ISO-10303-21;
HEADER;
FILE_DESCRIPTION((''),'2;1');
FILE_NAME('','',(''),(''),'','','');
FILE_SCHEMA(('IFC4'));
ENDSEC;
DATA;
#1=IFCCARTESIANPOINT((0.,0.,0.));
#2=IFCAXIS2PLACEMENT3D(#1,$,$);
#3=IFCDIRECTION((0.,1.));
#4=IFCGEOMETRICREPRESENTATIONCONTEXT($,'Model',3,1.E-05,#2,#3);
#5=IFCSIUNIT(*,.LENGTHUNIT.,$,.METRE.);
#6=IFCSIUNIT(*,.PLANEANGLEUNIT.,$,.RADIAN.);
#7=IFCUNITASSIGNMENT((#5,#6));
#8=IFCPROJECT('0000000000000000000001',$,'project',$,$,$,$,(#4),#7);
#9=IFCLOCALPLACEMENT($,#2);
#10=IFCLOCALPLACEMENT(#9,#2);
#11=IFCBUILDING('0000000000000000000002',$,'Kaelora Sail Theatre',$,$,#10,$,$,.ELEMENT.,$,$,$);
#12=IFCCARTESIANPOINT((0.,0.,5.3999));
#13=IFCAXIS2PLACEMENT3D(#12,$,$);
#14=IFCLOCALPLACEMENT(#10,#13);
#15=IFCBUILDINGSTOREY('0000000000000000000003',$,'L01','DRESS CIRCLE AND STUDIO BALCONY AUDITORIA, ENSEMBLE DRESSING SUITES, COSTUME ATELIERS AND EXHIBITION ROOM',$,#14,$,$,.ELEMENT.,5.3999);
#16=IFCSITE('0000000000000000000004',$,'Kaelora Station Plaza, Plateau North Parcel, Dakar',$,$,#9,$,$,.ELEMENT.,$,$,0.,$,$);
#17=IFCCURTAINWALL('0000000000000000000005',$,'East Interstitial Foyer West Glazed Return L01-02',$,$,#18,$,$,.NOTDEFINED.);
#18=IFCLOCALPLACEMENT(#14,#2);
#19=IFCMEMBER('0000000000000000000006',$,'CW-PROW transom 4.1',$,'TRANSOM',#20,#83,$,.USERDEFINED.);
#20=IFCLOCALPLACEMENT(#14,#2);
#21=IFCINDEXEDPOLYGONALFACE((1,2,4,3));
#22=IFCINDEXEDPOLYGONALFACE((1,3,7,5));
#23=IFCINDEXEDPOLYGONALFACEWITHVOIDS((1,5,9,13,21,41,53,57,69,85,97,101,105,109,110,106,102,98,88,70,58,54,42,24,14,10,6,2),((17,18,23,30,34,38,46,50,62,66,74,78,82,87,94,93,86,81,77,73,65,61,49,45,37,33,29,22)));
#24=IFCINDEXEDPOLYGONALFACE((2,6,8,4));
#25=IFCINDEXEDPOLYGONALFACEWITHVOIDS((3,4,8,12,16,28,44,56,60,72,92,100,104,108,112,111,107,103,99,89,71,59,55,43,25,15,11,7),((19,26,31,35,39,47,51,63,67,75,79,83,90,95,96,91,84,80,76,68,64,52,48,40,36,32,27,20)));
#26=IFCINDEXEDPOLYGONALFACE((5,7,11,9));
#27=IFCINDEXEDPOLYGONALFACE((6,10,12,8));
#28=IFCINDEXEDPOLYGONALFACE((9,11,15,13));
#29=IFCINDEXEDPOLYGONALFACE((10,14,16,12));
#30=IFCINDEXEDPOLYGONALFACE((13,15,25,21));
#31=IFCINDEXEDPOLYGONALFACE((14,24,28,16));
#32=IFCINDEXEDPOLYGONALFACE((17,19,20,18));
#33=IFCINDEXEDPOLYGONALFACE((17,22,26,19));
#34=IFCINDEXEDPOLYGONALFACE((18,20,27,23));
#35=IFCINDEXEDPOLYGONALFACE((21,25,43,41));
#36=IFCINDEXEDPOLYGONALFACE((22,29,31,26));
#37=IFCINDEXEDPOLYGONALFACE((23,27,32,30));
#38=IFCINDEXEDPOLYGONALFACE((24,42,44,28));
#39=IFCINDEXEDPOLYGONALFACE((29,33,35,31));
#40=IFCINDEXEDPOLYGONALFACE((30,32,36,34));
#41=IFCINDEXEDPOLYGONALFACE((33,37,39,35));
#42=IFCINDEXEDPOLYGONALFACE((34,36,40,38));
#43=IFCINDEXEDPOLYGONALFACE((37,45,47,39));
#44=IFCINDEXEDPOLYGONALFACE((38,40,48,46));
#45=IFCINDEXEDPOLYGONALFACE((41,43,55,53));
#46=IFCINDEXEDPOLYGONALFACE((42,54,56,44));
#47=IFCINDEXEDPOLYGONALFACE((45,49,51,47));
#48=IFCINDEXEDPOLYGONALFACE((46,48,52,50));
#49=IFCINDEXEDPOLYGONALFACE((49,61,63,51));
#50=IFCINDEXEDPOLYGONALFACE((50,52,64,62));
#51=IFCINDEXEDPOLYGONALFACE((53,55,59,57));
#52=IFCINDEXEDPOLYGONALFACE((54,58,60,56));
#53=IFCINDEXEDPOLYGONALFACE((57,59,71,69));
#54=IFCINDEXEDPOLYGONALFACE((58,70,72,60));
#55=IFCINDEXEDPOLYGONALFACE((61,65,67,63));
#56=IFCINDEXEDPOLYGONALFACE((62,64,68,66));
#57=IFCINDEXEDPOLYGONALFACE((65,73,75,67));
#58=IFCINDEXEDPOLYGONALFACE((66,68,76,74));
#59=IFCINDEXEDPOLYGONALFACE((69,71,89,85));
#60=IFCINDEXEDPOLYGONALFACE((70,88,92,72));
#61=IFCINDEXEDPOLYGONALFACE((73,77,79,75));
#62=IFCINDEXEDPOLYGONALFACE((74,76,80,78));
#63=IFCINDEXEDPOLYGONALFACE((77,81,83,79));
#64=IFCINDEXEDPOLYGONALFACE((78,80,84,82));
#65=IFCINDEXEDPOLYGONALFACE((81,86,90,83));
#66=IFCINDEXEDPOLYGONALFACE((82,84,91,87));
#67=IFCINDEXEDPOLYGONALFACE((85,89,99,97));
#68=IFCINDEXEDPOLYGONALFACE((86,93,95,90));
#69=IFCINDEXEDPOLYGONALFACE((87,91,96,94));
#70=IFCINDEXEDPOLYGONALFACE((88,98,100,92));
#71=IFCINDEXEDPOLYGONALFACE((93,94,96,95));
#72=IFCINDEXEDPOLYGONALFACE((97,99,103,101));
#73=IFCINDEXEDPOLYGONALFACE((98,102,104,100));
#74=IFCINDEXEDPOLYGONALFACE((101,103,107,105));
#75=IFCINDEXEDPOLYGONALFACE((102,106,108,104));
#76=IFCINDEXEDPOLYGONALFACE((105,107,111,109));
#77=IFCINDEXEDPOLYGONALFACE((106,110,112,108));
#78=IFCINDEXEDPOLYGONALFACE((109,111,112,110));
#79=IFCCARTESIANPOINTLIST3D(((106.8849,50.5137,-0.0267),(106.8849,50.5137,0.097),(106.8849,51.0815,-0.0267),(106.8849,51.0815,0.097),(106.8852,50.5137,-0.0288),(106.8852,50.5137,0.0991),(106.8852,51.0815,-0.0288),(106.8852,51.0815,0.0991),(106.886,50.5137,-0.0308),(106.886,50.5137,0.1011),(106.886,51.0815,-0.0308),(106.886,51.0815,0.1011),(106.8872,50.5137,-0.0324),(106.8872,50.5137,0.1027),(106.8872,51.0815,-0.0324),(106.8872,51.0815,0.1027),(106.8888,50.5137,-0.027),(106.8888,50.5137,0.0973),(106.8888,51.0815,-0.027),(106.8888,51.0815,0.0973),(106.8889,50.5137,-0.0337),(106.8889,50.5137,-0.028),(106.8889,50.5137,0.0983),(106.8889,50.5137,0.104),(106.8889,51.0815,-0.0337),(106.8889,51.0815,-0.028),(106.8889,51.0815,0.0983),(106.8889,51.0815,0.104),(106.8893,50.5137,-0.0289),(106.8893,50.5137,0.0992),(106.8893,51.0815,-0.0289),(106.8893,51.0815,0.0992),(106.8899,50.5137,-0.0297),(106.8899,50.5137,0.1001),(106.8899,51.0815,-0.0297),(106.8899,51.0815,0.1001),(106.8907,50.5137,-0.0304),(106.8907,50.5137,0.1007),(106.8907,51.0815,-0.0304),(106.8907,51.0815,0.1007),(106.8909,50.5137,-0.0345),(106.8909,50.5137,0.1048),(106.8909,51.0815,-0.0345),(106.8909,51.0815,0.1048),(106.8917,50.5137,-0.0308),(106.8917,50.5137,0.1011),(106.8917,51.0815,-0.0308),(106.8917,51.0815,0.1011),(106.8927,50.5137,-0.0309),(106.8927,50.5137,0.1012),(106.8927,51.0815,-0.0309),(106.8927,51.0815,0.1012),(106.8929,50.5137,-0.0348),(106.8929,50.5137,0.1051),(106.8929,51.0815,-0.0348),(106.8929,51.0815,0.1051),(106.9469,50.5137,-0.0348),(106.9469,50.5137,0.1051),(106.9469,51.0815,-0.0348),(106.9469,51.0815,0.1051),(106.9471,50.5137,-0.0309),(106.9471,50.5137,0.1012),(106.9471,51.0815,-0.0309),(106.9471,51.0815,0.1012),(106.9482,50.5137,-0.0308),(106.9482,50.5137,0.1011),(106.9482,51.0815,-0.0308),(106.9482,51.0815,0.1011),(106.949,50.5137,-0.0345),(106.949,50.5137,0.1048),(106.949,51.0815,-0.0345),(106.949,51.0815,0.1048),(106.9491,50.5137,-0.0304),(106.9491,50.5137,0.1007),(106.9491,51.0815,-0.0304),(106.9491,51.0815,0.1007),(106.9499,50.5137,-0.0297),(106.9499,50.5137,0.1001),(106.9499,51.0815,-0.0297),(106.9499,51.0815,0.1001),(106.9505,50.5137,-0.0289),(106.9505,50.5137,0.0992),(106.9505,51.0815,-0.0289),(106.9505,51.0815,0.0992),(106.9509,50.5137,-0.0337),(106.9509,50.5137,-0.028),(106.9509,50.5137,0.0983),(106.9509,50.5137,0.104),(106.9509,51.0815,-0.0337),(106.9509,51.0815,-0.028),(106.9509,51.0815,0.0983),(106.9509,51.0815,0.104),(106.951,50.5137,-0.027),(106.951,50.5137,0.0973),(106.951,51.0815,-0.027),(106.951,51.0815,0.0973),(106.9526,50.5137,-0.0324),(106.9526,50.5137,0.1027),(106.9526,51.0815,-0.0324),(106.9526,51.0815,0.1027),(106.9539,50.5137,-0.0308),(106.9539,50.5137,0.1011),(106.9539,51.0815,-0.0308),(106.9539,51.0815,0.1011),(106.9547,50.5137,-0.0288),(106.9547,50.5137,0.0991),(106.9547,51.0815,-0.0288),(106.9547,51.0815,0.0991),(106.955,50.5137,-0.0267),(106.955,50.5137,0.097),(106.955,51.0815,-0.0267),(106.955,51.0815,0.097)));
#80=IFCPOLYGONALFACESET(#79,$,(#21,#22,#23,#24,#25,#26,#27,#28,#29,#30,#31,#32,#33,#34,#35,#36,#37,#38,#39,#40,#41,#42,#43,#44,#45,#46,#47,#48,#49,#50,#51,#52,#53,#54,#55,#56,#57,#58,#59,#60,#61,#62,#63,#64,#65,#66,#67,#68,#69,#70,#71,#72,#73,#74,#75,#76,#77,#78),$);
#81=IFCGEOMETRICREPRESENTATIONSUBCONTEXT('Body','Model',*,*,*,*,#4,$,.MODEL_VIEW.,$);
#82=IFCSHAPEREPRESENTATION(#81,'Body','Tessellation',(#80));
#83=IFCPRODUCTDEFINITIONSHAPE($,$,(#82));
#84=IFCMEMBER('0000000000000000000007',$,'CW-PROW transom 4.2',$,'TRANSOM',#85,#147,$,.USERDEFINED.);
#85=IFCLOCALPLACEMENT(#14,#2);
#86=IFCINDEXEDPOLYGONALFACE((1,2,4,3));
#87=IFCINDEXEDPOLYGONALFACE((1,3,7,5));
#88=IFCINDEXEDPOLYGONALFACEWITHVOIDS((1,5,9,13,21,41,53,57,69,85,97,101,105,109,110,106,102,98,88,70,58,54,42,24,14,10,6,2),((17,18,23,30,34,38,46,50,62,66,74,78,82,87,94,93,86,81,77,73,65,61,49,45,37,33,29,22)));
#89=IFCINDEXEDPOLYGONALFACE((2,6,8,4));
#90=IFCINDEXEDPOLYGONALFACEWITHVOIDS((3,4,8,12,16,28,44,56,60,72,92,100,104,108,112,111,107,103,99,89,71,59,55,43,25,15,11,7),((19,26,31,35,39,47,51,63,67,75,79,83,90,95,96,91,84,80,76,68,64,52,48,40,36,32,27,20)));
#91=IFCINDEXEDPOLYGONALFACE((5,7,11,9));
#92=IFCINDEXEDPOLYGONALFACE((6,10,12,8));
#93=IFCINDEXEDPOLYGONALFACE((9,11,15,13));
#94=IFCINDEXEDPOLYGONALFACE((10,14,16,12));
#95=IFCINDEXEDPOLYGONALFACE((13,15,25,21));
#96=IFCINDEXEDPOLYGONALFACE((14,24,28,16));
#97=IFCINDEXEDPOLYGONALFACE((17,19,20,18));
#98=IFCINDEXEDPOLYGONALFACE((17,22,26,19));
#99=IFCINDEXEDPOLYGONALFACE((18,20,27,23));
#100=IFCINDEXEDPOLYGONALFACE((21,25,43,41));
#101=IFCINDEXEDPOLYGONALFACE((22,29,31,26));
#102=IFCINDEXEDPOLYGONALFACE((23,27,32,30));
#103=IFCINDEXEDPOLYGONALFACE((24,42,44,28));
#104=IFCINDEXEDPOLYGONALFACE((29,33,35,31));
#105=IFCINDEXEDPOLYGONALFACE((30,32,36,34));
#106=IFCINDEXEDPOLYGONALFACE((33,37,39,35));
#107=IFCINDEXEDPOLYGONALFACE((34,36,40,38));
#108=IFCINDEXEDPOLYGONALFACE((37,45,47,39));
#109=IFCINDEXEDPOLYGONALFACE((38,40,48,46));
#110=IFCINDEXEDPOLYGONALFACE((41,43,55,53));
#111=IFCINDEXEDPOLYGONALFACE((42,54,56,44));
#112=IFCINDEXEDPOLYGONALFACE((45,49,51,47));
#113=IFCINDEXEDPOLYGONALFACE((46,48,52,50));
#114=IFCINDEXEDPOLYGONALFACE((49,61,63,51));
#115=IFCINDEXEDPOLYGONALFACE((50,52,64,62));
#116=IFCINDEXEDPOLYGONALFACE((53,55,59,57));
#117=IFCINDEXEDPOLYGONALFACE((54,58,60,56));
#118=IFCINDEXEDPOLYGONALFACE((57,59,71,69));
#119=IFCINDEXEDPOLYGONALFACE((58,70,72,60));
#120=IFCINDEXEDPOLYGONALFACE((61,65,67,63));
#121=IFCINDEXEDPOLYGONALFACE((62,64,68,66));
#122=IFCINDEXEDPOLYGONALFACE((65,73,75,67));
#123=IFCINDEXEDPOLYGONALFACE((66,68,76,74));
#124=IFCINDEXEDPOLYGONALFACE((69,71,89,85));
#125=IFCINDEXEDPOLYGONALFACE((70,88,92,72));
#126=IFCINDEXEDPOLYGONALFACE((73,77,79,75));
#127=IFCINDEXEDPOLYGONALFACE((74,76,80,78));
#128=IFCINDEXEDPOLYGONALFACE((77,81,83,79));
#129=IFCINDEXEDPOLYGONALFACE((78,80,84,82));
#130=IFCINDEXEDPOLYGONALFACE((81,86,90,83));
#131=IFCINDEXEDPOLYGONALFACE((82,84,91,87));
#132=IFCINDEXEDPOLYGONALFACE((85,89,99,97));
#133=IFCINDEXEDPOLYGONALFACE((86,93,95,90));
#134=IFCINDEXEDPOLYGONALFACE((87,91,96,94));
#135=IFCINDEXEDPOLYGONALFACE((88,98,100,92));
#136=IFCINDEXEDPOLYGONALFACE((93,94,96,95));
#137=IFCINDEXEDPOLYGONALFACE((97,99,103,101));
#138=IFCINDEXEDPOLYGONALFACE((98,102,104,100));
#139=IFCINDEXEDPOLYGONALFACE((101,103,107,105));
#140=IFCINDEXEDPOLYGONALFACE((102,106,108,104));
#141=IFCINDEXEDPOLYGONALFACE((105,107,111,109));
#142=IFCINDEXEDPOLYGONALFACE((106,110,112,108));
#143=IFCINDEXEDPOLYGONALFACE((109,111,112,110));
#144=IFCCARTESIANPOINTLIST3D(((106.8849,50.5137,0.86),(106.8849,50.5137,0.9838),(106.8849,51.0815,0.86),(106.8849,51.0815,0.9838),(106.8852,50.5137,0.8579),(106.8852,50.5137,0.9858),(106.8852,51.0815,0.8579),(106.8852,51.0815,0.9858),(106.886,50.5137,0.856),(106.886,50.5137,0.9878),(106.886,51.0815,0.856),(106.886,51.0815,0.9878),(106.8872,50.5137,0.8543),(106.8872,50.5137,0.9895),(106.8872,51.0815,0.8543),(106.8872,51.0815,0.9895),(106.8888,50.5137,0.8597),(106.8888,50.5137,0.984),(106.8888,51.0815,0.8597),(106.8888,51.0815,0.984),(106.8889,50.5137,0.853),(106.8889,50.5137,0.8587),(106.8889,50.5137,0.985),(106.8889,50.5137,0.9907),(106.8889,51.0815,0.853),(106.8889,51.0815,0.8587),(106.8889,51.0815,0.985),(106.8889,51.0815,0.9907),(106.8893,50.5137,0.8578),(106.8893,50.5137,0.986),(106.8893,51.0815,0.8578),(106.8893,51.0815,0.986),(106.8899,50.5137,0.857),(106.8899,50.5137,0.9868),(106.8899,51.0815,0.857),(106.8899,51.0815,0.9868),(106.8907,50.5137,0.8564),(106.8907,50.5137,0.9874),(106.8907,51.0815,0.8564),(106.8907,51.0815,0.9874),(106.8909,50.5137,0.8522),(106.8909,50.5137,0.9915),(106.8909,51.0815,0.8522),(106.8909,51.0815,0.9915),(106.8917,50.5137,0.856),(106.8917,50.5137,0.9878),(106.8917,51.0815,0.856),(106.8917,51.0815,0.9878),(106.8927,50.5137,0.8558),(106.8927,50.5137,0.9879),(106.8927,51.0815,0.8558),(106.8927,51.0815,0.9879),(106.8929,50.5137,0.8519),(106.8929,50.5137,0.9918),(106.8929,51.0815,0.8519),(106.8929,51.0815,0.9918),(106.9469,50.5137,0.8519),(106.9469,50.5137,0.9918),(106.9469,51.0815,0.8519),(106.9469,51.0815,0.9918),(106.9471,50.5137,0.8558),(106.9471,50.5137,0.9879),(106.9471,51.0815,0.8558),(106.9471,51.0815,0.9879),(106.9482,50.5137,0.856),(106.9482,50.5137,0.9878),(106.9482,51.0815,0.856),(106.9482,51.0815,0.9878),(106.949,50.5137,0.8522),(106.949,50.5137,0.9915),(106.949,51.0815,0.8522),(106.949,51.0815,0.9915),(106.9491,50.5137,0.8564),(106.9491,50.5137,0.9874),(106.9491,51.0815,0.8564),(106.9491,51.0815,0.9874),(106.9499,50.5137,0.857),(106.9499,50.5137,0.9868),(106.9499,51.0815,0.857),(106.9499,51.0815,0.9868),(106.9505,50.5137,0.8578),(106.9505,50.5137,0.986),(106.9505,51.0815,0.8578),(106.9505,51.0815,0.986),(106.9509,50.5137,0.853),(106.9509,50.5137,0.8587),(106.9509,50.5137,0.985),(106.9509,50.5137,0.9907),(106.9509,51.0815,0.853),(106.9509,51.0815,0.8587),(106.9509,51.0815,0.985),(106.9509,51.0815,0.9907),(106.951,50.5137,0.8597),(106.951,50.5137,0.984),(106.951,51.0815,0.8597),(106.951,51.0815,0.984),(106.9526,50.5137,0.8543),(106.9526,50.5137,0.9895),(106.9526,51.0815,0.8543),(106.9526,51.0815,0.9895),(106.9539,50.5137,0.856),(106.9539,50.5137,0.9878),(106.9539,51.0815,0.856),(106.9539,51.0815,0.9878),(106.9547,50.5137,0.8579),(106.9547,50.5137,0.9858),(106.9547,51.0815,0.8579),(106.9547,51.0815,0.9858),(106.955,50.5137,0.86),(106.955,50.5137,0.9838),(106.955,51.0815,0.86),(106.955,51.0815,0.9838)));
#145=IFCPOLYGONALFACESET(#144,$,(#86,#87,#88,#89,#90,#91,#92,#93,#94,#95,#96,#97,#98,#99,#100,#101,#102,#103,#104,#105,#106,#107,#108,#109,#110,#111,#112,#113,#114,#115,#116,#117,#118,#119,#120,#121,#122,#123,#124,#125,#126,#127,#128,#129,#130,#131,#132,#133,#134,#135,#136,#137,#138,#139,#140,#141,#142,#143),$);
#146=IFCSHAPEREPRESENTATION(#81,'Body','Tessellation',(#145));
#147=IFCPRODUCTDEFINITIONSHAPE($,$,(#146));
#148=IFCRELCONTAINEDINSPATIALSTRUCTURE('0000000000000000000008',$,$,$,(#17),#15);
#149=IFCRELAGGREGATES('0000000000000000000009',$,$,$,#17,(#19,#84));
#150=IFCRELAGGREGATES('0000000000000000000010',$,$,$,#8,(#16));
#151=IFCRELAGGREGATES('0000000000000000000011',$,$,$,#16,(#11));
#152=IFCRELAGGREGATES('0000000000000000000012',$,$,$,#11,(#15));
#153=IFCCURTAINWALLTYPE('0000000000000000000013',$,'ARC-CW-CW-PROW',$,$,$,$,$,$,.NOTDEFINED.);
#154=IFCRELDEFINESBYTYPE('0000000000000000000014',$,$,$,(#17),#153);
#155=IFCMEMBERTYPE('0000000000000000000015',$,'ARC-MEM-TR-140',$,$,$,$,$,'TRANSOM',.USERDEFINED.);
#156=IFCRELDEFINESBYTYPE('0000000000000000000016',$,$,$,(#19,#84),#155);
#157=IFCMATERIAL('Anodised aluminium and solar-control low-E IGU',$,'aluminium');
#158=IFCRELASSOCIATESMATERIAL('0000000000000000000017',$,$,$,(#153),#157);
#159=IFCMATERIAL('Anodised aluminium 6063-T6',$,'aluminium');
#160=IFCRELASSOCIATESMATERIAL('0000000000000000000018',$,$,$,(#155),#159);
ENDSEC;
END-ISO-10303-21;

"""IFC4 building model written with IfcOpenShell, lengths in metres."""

from ifc_helpers import new_model, si_unit, direction, frame, origin, origin_2d, place, context, subcontext, project, spatial, hollow_rectangle, extrude, material, material_profile, profile_set, type_object, element, aggregate, save


model = new_model("IFC4")

# Units and contexts
model_context = context("Model", 3, precision=1e-05, world=origin(), true_north=direction((0.0, 1.0)))
body_context = subcontext(model_context, "Body", "Model", "MODEL_VIEW")
ifc_project = project(units=[si_unit("LENGTHUNIT", "METRE"), si_unit("PLANEANGLEUNIT", "RADIAN")], contexts=[model_context])

# Site, building, storey
site_placement = place(None, origin())
site = spatial("IfcSite", under=ifc_project, at=site_placement, Name="Kaelora Station Plaza, Plateau North Parcel, Dakar", CompositionType="ELEMENT", RefElevation=0.0)
building_placement = place(site_placement, origin())
building = spatial("IfcBuilding", under=site, at=building_placement, Name="Kaelora Sail Theatre", CompositionType="ELEMENT")
storey_placement = place(building_placement, frame((0.0, 0.0, 5.3999)))
storey = spatial("IfcBuildingStorey", under=building, at=storey_placement, Name="L01", Description="DRESS CIRCLE AND STUDIO BALCONY AUDITORIA, ENSEMBLE DRESSING SUITES, COSTUME ATELIERS AND EXHIBITION ROOM", CompositionType="ELEMENT", Elevation=5.3999)

# Curtain wall, members
ifc_material_1 = material(Name="Anodised aluminium and solar-control low-E IGU", Category="aluminium")
curtain_wall_type = type_object("IfcCurtainWallType", Name="ARC-CW-CW-PROW", PredefinedType="NOTDEFINED", material=ifc_material_1)
curtain_wall_placement = place(storey_placement, origin())
curtain_wall = element("IfcCurtainWall", 1, at=curtain_wall_placement, inside=storey, type_object=curtain_wall_type, Name="East Interstitial Foyer West Glazed Return L01-02", PredefinedType="NOTDEFINED")
ifc_material_2 = material(Name="Anodised aluminium 6063-T6", Category="aluminium")
ifc_material_profile_1 = material_profile(ifc_material_2, hollow_rectangle(XDim=0.0701, YDim=0.1399, WallThickness=0.0039, InnerFilletRadius=0.0039, OuterFilletRadius=0.0081, at=origin_2d()), Name="ALU-TRAN 70x140x4")
ifc_profile_set_1 = profile_set([ifc_material_profile_1], Name="Anodised aluminium 6063-T6")
member_type_1 = type_object("IfcMemberType", Name="ARC-MEM-TR-140", ElementType="TRANSOM", PredefinedType="USERDEFINED", material=ifc_profile_set_1)
member_1_placement = place(storey_placement, frame((106.9199, 50.5137, 0.0352), z_axis=(0.0, 1.0, 0.0), x_axis=(-1.0, 0.0, 0.0)))
member_1 = element("IfcMember", 2, at=member_1_placement, type_object=member_type_1, Name="CW-PROW transom 4.1", ObjectType="TRANSOM", PredefinedType="USERDEFINED", context=body_context, shape_type="SweptSolid", body=[
    extrude(hollow_rectangle(XDim=0.0701, YDim=0.1399, WallThickness=0.0039, InnerFilletRadius=0.0039, OuterFilletRadius=0.0081, at=origin_2d()), origin(), (0.0, 0.0, 1.0), 0.5679),
])
member_2_placement = place(storey_placement, frame((106.9199, 50.5137, 0.9219), z_axis=(0.0, 1.0, 0.0), x_axis=(-1.0, 0.0, 0.0)))
member_2 = element("IfcMember", 3, at=member_2_placement, type_object=member_type_1, Name="CW-PROW transom 4.2", ObjectType="TRANSOM", PredefinedType="USERDEFINED", context=body_context, shape_type="SweptSolid", body=[
    extrude(hollow_rectangle(XDim=0.0701, YDim=0.1399, WallThickness=0.0039, InnerFilletRadius=0.0039, OuterFilletRadius=0.0081, at=origin_2d()), origin(), (0.0, 0.0, 1.0), 0.5679),
])

aggregate(curtain_wall, [member_1, member_2])

save(model, "model.ifc")
